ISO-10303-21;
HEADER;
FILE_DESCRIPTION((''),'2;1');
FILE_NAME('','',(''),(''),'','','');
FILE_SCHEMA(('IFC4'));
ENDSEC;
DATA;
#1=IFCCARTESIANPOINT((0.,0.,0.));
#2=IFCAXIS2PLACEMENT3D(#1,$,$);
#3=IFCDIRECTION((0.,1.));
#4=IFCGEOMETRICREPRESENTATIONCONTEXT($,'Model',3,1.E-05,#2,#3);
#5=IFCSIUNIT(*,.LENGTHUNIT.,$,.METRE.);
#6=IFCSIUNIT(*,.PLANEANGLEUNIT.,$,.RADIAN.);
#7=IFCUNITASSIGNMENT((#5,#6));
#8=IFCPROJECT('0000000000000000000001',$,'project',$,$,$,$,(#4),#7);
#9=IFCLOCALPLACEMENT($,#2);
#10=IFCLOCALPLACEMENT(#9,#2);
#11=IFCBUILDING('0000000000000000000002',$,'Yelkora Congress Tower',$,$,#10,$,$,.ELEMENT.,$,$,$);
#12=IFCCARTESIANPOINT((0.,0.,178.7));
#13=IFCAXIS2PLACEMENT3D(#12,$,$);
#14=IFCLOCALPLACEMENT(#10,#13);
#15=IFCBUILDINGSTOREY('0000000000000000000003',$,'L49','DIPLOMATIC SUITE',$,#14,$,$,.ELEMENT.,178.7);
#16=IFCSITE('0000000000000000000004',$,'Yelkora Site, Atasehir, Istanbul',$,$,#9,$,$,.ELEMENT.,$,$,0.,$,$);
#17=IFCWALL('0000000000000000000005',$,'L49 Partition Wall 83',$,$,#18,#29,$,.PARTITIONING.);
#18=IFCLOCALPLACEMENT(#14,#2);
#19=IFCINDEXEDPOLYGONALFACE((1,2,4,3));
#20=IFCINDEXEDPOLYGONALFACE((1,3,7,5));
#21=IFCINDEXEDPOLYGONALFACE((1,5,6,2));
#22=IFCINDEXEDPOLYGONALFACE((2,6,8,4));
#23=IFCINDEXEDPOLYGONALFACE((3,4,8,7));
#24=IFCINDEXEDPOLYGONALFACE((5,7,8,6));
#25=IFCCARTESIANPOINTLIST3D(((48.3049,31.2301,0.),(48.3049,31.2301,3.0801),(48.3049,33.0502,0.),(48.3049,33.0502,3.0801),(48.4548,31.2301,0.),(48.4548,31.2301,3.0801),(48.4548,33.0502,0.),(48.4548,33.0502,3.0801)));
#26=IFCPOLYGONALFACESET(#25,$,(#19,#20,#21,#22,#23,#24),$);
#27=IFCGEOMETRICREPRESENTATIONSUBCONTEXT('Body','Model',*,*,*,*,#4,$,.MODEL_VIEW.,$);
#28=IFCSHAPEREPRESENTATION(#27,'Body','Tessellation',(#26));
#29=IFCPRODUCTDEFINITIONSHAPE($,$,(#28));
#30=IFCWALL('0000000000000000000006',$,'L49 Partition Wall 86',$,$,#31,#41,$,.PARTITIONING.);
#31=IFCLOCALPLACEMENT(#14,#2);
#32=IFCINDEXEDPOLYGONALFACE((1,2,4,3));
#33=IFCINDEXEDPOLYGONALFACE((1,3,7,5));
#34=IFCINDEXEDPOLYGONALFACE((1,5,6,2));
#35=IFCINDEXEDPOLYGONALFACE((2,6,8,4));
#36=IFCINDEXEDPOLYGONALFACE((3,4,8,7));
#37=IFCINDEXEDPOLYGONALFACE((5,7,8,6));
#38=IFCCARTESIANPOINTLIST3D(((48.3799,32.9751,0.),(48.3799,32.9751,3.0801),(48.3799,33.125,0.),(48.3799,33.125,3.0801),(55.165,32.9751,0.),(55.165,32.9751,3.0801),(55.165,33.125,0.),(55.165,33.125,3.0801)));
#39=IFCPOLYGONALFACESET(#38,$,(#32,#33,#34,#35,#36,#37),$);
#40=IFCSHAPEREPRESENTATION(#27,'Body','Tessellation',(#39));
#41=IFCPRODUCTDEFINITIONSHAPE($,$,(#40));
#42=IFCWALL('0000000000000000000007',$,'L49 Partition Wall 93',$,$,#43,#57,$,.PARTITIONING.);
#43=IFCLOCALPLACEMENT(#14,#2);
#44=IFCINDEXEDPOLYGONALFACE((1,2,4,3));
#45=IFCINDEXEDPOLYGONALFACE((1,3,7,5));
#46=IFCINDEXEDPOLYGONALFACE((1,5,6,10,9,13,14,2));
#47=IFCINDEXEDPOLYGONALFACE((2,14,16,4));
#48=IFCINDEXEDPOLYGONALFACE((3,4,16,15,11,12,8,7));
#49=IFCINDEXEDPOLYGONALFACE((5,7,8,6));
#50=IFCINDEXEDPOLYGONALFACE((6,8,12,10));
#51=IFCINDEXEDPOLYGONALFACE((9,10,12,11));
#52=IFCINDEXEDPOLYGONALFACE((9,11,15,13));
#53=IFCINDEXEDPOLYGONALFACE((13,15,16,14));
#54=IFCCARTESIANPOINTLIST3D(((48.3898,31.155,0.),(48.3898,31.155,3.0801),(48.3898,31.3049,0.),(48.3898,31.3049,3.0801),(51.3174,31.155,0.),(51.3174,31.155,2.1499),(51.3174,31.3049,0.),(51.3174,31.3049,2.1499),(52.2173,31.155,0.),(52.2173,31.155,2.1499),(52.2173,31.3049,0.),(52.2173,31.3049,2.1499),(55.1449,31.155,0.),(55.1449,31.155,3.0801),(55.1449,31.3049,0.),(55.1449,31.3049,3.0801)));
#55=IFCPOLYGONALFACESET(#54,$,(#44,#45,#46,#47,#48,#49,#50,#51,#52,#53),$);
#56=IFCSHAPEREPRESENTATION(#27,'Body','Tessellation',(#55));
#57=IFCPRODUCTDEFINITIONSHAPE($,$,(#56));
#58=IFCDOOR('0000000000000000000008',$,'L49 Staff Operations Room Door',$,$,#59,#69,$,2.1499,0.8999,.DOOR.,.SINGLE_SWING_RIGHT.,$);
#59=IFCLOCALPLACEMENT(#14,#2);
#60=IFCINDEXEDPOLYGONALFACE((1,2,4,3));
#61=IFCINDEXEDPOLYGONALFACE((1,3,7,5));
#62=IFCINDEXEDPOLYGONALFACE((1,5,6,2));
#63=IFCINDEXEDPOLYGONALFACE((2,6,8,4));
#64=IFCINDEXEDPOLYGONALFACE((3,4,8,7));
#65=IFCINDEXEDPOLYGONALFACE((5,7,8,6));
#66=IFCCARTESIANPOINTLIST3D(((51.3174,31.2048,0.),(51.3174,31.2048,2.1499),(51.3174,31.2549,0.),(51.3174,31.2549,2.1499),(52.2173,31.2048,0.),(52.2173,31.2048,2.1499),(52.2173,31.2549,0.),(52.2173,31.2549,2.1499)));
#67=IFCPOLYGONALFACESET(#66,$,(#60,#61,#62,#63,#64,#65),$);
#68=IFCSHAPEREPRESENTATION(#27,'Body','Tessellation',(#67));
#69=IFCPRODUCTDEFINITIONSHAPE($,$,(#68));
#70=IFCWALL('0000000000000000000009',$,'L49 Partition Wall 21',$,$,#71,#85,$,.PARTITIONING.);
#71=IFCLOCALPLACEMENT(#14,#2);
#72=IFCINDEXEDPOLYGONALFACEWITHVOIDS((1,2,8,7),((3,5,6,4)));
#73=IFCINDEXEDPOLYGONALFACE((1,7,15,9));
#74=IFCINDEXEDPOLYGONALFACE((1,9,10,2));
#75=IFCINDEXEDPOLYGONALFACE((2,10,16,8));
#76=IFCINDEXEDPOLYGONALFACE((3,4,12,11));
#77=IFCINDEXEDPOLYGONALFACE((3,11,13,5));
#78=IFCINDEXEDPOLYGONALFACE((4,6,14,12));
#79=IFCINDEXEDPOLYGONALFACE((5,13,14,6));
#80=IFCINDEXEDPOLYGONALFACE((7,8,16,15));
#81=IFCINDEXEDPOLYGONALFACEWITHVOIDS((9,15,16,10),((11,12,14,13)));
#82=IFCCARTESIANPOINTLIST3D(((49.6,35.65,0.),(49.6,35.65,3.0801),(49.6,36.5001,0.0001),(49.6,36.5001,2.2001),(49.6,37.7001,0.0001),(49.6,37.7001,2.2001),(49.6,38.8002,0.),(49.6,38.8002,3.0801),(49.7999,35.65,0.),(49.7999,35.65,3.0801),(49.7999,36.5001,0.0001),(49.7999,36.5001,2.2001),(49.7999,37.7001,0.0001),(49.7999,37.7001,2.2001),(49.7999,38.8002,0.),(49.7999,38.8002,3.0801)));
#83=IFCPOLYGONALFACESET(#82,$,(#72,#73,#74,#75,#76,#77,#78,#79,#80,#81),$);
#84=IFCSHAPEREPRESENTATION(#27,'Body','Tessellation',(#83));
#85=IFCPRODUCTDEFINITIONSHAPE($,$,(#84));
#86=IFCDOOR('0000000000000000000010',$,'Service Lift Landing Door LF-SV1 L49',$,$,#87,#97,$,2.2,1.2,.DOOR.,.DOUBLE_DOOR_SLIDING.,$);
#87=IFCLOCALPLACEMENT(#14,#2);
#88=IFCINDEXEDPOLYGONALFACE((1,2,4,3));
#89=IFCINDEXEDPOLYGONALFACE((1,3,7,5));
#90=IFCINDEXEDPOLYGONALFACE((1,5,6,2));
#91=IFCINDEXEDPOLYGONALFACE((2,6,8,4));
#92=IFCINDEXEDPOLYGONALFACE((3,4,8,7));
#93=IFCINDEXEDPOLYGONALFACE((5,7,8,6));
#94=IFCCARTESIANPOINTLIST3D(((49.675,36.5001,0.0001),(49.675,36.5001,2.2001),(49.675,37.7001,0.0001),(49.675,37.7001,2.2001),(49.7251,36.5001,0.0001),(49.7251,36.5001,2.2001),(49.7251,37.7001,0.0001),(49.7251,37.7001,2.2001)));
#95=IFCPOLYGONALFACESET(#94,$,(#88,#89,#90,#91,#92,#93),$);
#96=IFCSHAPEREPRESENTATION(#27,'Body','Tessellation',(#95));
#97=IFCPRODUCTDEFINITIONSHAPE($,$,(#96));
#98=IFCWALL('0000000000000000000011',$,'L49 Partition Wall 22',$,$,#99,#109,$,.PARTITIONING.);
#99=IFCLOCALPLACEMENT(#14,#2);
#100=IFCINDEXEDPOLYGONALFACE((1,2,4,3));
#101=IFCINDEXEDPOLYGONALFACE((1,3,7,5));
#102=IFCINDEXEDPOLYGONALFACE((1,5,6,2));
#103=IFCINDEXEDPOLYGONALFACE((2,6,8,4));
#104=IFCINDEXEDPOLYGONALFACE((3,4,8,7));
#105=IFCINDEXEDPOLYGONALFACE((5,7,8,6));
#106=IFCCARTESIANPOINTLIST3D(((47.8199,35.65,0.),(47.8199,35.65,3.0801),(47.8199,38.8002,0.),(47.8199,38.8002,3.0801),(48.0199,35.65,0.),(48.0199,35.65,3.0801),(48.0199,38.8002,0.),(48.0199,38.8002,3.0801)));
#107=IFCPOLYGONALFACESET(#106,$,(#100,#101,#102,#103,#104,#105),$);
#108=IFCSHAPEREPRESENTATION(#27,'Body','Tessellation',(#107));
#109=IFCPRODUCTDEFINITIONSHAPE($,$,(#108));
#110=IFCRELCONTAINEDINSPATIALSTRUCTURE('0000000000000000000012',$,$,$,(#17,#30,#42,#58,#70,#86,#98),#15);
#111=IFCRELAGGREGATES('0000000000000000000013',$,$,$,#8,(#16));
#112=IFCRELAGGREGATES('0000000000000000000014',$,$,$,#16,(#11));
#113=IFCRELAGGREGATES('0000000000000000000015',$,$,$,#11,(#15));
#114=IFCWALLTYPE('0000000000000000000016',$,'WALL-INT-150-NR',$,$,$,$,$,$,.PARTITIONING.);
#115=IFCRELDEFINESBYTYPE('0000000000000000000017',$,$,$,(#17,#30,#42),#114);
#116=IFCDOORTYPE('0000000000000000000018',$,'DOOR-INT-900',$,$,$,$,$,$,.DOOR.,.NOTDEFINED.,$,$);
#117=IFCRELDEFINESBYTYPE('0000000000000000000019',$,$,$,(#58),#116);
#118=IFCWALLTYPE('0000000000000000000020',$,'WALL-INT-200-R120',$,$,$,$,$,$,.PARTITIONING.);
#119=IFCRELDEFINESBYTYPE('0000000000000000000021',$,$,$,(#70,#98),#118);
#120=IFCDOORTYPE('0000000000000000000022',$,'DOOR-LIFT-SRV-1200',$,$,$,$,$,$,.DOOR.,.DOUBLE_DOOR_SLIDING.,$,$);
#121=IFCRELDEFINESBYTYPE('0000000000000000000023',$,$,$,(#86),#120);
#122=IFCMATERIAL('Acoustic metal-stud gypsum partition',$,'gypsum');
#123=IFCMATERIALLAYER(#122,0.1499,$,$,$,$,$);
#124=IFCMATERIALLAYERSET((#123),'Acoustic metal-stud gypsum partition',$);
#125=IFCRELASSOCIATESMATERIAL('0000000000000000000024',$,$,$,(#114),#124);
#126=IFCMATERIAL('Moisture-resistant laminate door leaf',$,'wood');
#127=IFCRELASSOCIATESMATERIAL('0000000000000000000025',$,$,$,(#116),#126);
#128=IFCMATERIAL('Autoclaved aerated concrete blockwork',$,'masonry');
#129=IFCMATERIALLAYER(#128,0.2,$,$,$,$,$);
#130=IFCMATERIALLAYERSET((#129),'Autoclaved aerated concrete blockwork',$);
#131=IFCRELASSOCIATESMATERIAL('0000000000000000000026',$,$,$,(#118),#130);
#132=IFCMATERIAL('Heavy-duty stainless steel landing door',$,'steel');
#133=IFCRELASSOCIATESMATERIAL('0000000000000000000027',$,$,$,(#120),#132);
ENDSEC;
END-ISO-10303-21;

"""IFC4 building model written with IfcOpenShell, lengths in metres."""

from ifc_helpers import new_model, si_unit, direction, frame, frame_2d, origin, place, context, subcontext, project, spatial, rectangle, extrude, material, layer, layer_set, type_object, element, fill, save


model = new_model("IFC4")

# Units and contexts
model_context = context("Model", 3, precision=1e-05, world=origin(), true_north=direction((0.0, 1.0)))
body_context = subcontext(model_context, "Body", "Model", "MODEL_VIEW")
ifc_project = project(units=[si_unit("LENGTHUNIT", "METRE"), si_unit("PLANEANGLEUNIT", "RADIAN")], contexts=[model_context])

# Site, building, storey
site_placement = place(None, origin())
site = spatial("IfcSite", under=ifc_project, at=site_placement, Name="Yelkora Site, Atasehir, Istanbul", CompositionType="ELEMENT", RefElevation=0.0)
building_placement = place(site_placement, origin())
building = spatial("IfcBuilding", under=site, at=building_placement, Name="Yelkora Congress Tower", CompositionType="ELEMENT")
storey_placement = place(building_placement, frame((0.0, 0.0, 178.7)))
storey = spatial("IfcBuildingStorey", under=building, at=storey_placement, Name="L49", Description="DIPLOMATIC SUITE", CompositionType="ELEMENT", Elevation=178.7)

# Walls
ifc_material_1 = material(Name="Acoustic metal-stud gypsum partition", Category="gypsum")
ifc_layer_1 = layer(ifc_material_1, 0.1499)
ifc_layer_set_1 = layer_set([ifc_layer_1], Name="Acoustic metal-stud gypsum partition")
wall_type_1 = type_object("IfcWallType", Name="WALL-INT-150-NR", PredefinedType="PARTITIONING", material=ifc_layer_set_1)
wall_1_placement = place(storey_placement, frame((48.3799, 31.23, 0.0), z_axis=(0.0, 0.0, 1.0), x_axis=(0.0, 1.0, 0.0)))
element("IfcWall", 1, at=wall_1_placement, inside=storey, type_object=wall_type_1, Name="L49 Partition Wall 83", PredefinedType="PARTITIONING", context=body_context, shape_type="SweptSolid", body=[
    extrude(rectangle(XDim=1.8201, YDim=0.1499, at=frame_2d((0.9102, 0.0))), origin(), (0.0, 0.0, 1.0), 3.0801),
])
wall_2_placement = place(storey_placement, frame((48.3799, 33.05, 0.0), z_axis=(0.0, 0.0, 1.0), x_axis=(1.0, 0.0, 0.0)))
element("IfcWall", 2, at=wall_2_placement, inside=storey, type_object=wall_type_1, Name="L49 Partition Wall 86", PredefinedType="PARTITIONING", context=body_context, shape_type="SweptSolid", body=[
    extrude(rectangle(XDim=6.7852, YDim=0.1499, at=frame_2d((3.3926, 0.0))), origin(), (0.0, 0.0, 1.0), 3.0801),
])

# Walls, openings, doors
wall_3_placement = place(storey_placement, frame((48.3899, 31.23, 0.0), z_axis=(0.0, 0.0, 1.0), x_axis=(1.0, 0.0, 0.0)))
wall_3 = element("IfcWall", 3, at=wall_3_placement, inside=storey, type_object=wall_type_1, Name="L49 Partition Wall 93", PredefinedType="PARTITIONING", context=body_context, shape_type="SweptSolid", body=[
    extrude(rectangle(XDim=6.7551, YDim=0.1499, at=frame_2d((3.3774, 0.0))), origin(), (0.0, 0.0, 1.0), 3.0801),
])
opening_1_placement = place(wall_3_placement, frame((2.9275, 0.0, 0.0)))
opening_1 = element("IfcOpeningElement", 4, at=opening_1_placement, cuts=wall_3, PredefinedType="OPENING", context=body_context, shape_type="SweptSolid", body=[
    extrude(rectangle(XDim=0.8999, YDim=2.1499, at=frame_2d((0.45, 1.075))), frame((0.0, 0.085, 0.0), z_axis=(0.0, -1.0, 0.0), x_axis=(1.0, 0.0, 0.0)), (0.0, 0.0, 1.0), 0.1699),
])
ifc_material_2 = material(Name="Moisture-resistant laminate door leaf", Category="wood")
door_type_1 = type_object("IfcDoorType", Name="DOOR-INT-900", OperationType="NOTDEFINED", PredefinedType="DOOR", material=ifc_material_2)
door_1_placement = place(opening_1_placement, origin())
door_1 = element("IfcDoor", 5, at=door_1_placement, inside=storey, type_object=door_type_1, Name="L49 Staff Operations Room Door", OperationType="SINGLE_SWING_RIGHT", OverallHeight=2.1499, OverallWidth=0.8999, PredefinedType="DOOR", context=body_context, shape_type="SweptSolid", body=[
    extrude(rectangle(XDim=0.8999, YDim=2.1499, at=frame_2d((0.45, 1.075))), frame((0.0, 0.0249, 0.0), z_axis=(0.0, -1.0, 0.0), x_axis=(1.0, 0.0, 0.0)), (0.0, 0.0, 1.0), 0.05),
])
fill(opening_1, door_1)
ifc_material_3 = material(Name="Autoclaved aerated concrete blockwork", Category="masonry")
ifc_layer_2 = layer(ifc_material_3, 0.2)
ifc_layer_set_2 = layer_set([ifc_layer_2], Name="Autoclaved aerated concrete blockwork")
wall_type_2 = type_object("IfcWallType", Name="WALL-INT-200-R120", PredefinedType="PARTITIONING", material=ifc_layer_set_2)
wall_4_placement = place(storey_placement, frame((49.7, 35.6499, 0.0), z_axis=(0.0, 0.0, 1.0), x_axis=(0.0, 1.0, 0.0)))
wall_4 = element("IfcWall", 6, at=wall_4_placement, inside=storey, type_object=wall_type_2, Name="L49 Partition Wall 21", PredefinedType="PARTITIONING", context=body_context, shape_type="SweptSolid", body=[
    extrude(rectangle(XDim=3.1501, YDim=0.2, at=frame_2d((1.5752, 0.0))), origin(), (0.0, 0.0, 1.0), 3.0801),
])
opening_2_placement = place(wall_4_placement, frame((0.8501, 0.0, 0.0)))
opening_2 = element("IfcOpeningElement", 7, at=opening_2_placement, cuts=wall_4, PredefinedType="OPENING", context=body_context, shape_type="SweptSolid", body=[
    extrude(rectangle(XDim=1.2, YDim=2.2, at=frame_2d((0.6001, 1.1001))), frame((0.0, 0.1099, 0.0), z_axis=(0.0, -1.0, 0.0), x_axis=(1.0, 0.0, 0.0)), (0.0, 0.0, 1.0), 0.22),
])
ifc_material_4 = material(Name="Heavy-duty stainless steel landing door", Category="steel")
door_type_2 = type_object("IfcDoorType", Name="DOOR-LIFT-SRV-1200", OperationType="DOUBLE_DOOR_SLIDING", PredefinedType="DOOR", material=ifc_material_4)
door_2_placement = place(opening_2_placement, origin())
door_2 = element("IfcDoor", 8, at=door_2_placement, inside=storey, type_object=door_type_2, Name="Service Lift Landing Door LF-SV1 L49", OperationType="DOUBLE_DOOR_SLIDING", OverallHeight=2.2, OverallWidth=1.2, PredefinedType="DOOR", context=body_context, shape_type="SweptSolid", body=[
    extrude(rectangle(XDim=1.2, YDim=2.2, at=frame_2d((0.6001, 1.1001))), frame((0.0, 0.0249, 0.0), z_axis=(0.0, -1.0, 0.0), x_axis=(1.0, 0.0, 0.0)), (0.0, 0.0, 1.0), 0.05),
])
fill(opening_2, door_2)

# Wall
wall_5_placement = place(storey_placement, frame((47.9199, 35.6499, 0.0), z_axis=(0.0, 0.0, 1.0), x_axis=(0.0, 1.0, 0.0)))
element("IfcWall", 9, at=wall_5_placement, inside=storey, type_object=wall_type_2, Name="L49 Partition Wall 22", PredefinedType="PARTITIONING", context=body_context, shape_type="SweptSolid", body=[
    extrude(rectangle(XDim=3.1501, YDim=0.2, at=frame_2d((1.5752, 0.0))), origin(), (0.0, 0.0, 1.0), 3.0801),
])

save(model, "model.ifc")
